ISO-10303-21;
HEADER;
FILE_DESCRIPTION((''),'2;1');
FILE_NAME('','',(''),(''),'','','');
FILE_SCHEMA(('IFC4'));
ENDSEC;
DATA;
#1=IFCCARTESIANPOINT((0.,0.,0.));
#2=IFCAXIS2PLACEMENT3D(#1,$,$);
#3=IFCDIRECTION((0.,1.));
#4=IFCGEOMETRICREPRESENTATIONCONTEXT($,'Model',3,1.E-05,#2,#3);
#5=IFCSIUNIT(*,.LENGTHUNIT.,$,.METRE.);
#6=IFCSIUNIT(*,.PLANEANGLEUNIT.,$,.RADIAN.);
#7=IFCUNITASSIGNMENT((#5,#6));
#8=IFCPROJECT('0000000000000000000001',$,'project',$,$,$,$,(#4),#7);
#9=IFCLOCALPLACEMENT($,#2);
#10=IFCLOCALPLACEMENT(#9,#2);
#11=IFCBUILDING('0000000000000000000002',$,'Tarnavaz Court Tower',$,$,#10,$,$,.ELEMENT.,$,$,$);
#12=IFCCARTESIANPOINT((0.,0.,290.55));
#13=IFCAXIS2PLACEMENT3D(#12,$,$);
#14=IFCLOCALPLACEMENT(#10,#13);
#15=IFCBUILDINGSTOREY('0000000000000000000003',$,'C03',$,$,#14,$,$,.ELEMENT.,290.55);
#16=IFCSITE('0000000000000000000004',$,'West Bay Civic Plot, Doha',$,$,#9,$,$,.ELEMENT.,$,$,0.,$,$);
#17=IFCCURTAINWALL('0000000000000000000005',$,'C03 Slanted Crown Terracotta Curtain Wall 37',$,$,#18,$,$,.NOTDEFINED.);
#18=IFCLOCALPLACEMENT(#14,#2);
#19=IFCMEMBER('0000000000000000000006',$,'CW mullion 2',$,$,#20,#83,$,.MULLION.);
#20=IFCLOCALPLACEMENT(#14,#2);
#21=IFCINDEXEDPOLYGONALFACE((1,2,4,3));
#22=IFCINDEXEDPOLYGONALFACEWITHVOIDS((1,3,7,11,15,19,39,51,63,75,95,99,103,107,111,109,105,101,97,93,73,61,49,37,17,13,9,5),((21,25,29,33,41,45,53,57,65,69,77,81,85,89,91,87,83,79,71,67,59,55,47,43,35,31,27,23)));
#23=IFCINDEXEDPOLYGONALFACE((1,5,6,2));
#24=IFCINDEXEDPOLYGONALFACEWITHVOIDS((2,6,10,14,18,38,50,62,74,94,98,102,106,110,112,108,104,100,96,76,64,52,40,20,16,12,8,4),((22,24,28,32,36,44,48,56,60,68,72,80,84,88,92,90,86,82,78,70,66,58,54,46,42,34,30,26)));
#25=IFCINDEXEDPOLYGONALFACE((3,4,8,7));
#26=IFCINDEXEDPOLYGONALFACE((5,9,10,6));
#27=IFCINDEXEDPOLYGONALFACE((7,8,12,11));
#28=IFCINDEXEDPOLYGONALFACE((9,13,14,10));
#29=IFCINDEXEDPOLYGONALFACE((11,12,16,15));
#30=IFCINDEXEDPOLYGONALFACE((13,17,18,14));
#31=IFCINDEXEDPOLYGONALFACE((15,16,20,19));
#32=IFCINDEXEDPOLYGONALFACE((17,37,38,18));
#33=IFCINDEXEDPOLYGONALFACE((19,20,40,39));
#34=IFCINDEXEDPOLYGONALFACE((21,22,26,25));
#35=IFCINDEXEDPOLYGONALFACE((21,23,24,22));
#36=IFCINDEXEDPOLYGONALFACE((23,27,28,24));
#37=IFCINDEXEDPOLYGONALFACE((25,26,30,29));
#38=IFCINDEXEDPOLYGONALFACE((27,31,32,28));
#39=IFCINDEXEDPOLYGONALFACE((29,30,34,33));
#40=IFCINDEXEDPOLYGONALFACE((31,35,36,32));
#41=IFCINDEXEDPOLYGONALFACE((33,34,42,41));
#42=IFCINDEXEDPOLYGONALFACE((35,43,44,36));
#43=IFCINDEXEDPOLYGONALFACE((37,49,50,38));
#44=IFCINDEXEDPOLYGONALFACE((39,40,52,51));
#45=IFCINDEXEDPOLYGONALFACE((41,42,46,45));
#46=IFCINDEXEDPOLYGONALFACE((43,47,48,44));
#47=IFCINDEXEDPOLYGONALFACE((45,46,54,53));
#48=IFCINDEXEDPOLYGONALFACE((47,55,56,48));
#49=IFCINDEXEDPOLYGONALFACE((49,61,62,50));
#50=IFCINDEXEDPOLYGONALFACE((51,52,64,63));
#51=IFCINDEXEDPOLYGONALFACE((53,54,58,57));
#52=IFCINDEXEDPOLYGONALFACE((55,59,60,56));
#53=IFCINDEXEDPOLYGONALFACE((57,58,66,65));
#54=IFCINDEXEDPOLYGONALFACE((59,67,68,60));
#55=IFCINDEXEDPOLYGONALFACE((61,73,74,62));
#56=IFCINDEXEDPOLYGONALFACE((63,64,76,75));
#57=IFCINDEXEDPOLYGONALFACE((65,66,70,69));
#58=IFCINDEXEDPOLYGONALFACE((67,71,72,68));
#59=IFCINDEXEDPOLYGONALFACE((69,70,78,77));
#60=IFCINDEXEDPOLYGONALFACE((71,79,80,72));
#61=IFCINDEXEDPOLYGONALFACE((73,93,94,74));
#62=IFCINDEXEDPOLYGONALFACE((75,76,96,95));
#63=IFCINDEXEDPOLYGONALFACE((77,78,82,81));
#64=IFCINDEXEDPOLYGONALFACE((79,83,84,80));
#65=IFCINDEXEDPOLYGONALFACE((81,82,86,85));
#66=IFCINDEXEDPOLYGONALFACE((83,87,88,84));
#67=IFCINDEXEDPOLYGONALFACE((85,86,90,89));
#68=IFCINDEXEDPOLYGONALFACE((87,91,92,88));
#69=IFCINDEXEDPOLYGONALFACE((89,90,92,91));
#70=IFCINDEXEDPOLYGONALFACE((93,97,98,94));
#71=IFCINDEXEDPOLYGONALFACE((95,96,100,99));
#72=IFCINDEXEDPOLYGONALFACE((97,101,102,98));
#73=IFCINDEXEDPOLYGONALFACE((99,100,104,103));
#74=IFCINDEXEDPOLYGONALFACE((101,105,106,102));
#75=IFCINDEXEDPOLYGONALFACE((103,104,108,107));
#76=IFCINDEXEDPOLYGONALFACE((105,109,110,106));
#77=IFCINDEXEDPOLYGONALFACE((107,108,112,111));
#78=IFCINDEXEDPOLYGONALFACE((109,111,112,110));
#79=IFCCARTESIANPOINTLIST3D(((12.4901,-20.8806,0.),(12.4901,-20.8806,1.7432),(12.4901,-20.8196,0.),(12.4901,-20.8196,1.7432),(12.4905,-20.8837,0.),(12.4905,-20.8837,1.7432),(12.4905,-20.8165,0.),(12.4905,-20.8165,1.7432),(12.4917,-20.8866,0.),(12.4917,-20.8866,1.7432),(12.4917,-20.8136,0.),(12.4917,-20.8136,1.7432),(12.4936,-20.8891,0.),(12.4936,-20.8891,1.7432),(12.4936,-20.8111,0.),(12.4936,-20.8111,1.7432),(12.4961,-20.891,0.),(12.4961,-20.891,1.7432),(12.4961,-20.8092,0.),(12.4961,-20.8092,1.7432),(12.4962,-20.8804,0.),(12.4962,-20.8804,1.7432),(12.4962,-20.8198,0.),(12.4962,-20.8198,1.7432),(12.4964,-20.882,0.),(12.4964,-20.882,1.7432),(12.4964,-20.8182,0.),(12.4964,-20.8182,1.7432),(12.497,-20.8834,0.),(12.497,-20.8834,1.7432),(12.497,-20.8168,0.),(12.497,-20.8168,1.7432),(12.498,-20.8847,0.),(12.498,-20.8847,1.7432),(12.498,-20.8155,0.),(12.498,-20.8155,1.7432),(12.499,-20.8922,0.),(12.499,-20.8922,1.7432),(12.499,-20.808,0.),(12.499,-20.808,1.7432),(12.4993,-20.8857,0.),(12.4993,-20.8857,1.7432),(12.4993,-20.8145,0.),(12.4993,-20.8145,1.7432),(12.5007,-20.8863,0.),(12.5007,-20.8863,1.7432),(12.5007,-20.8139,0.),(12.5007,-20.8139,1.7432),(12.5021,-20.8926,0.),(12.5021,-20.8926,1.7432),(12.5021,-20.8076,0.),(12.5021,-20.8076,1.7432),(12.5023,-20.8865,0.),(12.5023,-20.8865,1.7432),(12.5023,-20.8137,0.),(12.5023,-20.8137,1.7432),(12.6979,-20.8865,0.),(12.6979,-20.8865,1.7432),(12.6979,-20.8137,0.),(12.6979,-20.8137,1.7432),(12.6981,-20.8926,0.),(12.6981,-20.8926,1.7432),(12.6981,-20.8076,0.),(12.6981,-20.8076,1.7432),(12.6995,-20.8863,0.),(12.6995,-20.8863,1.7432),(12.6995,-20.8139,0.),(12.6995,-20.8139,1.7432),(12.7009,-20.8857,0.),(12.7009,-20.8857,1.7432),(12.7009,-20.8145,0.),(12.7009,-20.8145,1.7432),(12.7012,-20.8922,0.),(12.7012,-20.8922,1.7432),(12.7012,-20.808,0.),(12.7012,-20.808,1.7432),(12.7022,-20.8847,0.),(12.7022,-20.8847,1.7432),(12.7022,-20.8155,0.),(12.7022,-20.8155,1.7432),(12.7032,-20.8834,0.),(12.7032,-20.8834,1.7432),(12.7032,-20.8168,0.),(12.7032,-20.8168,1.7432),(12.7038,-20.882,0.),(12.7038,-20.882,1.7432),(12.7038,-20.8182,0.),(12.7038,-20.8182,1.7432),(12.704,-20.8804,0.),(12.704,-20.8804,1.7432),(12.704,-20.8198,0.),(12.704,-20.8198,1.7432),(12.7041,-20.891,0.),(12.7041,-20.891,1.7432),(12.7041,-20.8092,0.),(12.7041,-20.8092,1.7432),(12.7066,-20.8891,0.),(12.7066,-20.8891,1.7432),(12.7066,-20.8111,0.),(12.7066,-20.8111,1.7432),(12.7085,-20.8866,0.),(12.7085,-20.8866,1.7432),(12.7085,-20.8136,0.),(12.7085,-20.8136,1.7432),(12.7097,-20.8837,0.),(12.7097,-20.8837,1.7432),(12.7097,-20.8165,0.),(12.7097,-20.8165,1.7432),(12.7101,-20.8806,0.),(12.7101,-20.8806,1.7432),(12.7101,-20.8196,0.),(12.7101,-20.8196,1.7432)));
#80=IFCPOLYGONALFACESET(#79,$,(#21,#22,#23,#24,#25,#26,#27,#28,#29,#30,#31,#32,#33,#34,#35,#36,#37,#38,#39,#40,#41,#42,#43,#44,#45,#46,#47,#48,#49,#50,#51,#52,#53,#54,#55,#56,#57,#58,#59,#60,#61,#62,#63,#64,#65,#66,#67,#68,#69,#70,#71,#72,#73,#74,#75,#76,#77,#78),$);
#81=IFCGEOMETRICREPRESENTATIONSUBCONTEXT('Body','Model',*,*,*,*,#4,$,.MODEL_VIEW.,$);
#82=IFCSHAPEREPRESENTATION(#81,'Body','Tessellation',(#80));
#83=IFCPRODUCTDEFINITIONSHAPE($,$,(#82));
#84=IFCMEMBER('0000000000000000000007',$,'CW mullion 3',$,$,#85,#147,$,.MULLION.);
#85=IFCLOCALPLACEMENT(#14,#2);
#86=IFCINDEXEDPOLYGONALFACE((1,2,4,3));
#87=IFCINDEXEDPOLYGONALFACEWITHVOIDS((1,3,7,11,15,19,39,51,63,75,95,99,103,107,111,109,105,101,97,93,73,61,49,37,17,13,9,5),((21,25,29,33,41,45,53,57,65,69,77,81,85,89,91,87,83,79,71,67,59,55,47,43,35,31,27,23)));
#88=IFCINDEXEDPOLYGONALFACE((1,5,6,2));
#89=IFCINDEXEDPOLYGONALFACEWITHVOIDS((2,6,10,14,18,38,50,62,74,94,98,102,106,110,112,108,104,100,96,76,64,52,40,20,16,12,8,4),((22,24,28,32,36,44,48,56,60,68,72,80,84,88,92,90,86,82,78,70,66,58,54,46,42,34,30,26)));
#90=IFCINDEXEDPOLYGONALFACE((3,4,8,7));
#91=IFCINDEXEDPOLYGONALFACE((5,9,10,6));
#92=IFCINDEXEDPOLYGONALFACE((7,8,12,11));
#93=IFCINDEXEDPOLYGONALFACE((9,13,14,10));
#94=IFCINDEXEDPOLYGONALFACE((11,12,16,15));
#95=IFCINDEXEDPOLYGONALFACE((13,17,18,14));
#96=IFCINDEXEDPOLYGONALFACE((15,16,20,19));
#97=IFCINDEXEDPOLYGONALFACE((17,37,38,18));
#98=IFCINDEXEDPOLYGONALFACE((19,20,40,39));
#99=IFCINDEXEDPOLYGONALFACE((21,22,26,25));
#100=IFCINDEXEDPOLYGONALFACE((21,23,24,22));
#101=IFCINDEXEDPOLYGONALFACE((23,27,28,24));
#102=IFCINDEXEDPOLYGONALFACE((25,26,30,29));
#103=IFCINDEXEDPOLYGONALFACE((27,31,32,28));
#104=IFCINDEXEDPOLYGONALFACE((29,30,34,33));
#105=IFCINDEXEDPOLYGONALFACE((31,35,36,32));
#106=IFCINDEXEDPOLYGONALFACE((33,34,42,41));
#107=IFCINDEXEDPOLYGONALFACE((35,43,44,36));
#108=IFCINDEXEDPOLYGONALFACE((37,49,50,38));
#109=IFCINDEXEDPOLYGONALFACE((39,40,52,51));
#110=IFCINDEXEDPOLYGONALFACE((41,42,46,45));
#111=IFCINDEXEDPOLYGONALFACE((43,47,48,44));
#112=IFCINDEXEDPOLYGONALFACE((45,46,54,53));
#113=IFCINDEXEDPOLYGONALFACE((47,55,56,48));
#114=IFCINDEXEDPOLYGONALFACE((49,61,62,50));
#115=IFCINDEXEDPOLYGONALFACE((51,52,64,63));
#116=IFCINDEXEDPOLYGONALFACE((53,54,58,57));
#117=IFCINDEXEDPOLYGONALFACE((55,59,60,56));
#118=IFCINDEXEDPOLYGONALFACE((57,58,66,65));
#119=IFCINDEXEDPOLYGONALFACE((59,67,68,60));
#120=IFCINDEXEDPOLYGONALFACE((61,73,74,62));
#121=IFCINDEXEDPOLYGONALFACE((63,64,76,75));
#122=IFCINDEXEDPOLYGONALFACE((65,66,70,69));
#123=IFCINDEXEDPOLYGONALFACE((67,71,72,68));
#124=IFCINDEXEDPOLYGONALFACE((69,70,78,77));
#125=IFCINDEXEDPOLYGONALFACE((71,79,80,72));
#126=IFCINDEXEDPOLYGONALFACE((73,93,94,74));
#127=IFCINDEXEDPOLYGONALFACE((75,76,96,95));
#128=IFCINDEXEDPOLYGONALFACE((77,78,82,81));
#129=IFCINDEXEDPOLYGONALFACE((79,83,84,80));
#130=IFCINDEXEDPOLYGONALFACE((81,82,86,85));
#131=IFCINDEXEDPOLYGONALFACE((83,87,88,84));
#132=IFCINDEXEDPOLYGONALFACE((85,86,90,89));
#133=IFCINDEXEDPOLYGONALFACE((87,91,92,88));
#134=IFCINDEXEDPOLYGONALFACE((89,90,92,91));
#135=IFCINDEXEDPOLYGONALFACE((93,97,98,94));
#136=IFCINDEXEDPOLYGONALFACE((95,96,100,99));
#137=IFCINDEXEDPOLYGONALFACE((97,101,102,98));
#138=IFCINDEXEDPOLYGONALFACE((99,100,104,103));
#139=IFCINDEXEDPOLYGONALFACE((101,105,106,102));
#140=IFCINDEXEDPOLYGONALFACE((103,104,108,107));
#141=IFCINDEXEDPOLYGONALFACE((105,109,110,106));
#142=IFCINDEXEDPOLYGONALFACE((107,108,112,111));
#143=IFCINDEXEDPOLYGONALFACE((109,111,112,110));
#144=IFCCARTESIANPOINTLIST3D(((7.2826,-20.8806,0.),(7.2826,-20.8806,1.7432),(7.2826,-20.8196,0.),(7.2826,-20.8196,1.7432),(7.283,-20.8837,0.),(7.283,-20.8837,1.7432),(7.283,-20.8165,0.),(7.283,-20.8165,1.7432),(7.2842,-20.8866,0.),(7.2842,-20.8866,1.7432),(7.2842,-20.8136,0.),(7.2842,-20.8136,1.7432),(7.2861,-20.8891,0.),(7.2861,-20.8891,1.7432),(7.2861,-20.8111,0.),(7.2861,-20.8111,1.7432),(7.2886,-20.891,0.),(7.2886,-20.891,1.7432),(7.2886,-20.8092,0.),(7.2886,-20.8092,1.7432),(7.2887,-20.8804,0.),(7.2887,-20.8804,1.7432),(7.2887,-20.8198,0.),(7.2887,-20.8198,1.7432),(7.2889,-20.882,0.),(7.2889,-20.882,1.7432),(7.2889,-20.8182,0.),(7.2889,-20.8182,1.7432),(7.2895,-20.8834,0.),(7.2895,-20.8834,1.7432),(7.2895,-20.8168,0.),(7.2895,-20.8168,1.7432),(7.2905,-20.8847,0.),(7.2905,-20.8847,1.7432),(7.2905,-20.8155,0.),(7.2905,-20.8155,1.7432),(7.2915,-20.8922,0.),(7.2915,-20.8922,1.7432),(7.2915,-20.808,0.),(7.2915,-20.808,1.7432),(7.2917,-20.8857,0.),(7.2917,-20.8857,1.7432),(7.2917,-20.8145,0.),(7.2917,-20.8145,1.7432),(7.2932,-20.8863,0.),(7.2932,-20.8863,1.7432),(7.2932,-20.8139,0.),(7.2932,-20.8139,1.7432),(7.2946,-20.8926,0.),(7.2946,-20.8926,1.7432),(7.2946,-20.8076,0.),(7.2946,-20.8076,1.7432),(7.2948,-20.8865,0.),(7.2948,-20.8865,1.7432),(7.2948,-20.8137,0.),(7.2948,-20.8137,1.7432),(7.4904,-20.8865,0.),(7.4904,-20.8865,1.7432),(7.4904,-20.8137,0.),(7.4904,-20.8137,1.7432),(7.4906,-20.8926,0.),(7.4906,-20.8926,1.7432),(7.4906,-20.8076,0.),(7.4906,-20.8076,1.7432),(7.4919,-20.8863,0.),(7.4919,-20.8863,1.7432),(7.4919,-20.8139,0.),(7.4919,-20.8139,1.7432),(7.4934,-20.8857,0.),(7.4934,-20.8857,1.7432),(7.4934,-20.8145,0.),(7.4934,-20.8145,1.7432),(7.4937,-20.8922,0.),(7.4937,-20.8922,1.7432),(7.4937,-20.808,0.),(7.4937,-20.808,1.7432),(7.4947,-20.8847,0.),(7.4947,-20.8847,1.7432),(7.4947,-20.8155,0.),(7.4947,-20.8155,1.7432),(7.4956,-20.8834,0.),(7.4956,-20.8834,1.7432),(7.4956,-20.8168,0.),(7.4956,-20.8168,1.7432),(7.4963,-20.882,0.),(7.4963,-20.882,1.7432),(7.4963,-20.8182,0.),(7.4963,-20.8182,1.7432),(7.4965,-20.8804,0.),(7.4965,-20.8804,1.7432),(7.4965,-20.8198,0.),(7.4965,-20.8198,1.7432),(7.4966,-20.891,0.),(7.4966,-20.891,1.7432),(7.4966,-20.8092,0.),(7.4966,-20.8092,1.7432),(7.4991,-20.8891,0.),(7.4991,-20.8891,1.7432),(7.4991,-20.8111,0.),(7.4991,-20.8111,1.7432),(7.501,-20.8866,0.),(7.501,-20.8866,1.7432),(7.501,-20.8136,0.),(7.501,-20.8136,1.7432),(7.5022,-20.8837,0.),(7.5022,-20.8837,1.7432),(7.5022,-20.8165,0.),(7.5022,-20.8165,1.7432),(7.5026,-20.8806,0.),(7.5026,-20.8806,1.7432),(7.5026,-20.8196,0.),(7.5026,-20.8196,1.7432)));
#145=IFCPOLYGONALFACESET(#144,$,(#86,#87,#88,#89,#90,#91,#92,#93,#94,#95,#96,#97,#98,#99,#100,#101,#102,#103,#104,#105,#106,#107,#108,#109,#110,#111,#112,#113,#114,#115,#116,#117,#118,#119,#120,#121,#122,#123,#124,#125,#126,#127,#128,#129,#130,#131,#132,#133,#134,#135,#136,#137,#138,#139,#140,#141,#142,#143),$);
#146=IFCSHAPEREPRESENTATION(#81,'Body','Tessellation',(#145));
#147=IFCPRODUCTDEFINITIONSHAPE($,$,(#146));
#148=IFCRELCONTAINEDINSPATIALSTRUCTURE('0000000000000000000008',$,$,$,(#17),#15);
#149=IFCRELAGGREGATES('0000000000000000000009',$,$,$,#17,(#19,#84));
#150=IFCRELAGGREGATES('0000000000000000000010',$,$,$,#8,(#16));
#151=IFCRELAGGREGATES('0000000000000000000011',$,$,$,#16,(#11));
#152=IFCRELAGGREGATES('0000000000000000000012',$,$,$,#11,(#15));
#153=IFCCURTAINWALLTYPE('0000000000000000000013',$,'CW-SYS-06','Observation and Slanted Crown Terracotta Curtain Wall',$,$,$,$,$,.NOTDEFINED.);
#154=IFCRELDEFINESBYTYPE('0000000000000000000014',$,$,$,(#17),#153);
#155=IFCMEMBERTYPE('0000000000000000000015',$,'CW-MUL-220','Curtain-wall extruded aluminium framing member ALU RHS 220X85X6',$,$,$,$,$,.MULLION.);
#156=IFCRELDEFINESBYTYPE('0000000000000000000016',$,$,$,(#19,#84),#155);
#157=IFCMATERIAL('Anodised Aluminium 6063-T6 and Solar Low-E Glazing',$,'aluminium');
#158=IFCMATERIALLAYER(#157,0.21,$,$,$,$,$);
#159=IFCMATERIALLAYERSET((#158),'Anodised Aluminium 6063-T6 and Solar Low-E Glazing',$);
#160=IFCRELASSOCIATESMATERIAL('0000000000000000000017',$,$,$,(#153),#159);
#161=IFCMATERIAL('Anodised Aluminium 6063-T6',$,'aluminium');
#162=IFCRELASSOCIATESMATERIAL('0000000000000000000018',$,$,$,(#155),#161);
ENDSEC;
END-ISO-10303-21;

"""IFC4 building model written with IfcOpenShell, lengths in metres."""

from ifc_helpers import new_model, si_unit, direction, frame, origin, origin_2d, place, context, subcontext, project, spatial, hollow_rectangle, extrude, material, layer, layer_set, material_profile, profile_set, type_object, element, aggregate, save


model = new_model("IFC4")

# Units and contexts
model_context = context("Model", 3, precision=1e-05, world=origin(), true_north=direction((0.0, 1.0)))
body_context = subcontext(model_context, "Body", "Model", "MODEL_VIEW")
ifc_project = project(units=[si_unit("LENGTHUNIT", "METRE"), si_unit("PLANEANGLEUNIT", "RADIAN")], contexts=[model_context])

# Site, building, storey
site_placement = place(None, origin())
site = spatial("IfcSite", under=ifc_project, at=site_placement, Name="West Bay Civic Plot, Doha", CompositionType="ELEMENT", RefElevation=0.0)
building_placement = place(site_placement, origin())
building = spatial("IfcBuilding", under=site, at=building_placement, Name="Tarnavaz Court Tower", CompositionType="ELEMENT")
storey_placement = place(building_placement, frame((0.0, 0.0, 290.55)))
storey = spatial("IfcBuildingStorey", under=building, at=storey_placement, Name="C03", CompositionType="ELEMENT", Elevation=290.55)

# Shared definitions
ifc_material_1 = material(Name="Anodised Aluminium 6063-T6 and Solar Low-E Glazing", Category="aluminium")
ifc_layer_1 = layer(ifc_material_1, 0.21)
ifc_layer_set_1 = layer_set([ifc_layer_1], Name="Anodised Aluminium 6063-T6 and Solar Low-E Glazing")
curtain_wall_type = type_object("IfcCurtainWallType", Name="CW-SYS-06", Description="Observation and Slanted Crown Terracotta Curtain Wall", PredefinedType="NOTDEFINED", material=ifc_layer_set_1)
ifc_material_2 = material(Name="Anodised Aluminium 6063-T6", Category="aluminium")
ifc_material_profile_1 = material_profile(ifc_material_2, hollow_rectangle(XDim=0.085, YDim=0.22, WallThickness=0.0061, InnerFilletRadius=0.0061, OuterFilletRadius=0.012, at=origin_2d()), Name="ALU RHS 220X85X6")
ifc_profile_set_1 = profile_set([ifc_material_profile_1], Name="Anodised Aluminium 6063-T6")
member_type_1 = type_object("IfcMemberType", Name="CW-MUL-220", Description="Curtain-wall extruded aluminium framing member ALU RHS 220X85X6", PredefinedType="MULLION", material=ifc_profile_set_1)

# Curtain wall, members
curtain_wall_1_placement = place(storey_placement, origin())
curtain_wall_1 = element("IfcCurtainWall", 1, at=curtain_wall_1_placement, inside=storey, type_object=curtain_wall_type, Name="C03 Slanted Crown Terracotta Curtain Wall 37", PredefinedType="NOTDEFINED")
member_1_placement = place(storey_placement, frame((12.6001, -20.8501, 0.0), z_axis=(0.0, 0.0, 1.0), x_axis=(0.0, -1.0, 0.0)))
member_1 = element("IfcMember", 2, at=member_1_placement, type_object=member_type_1, Name="CW mullion 2", PredefinedType="MULLION", context=body_context, shape_type="SweptSolid", body=[
    extrude(hollow_rectangle(XDim=0.085, YDim=0.22, WallThickness=0.0061, InnerFilletRadius=0.0061, OuterFilletRadius=0.012, at=origin_2d()), origin(), (0.0, 0.0, 1.0), 1.7432),
])
member_2_placement = place(storey_placement, frame((7.3926, -20.8501, 0.0), z_axis=(0.0, 0.0, 1.0), x_axis=(0.0, -1.0, 0.0)))
member_2 = element("IfcMember", 3, at=member_2_placement, type_object=member_type_1, Name="CW mullion 3", PredefinedType="MULLION", context=body_context, shape_type="SweptSolid", body=[
    extrude(hollow_rectangle(XDim=0.085, YDim=0.22, WallThickness=0.0061, InnerFilletRadius=0.0061, OuterFilletRadius=0.012, at=origin_2d()), origin(), (0.0, 0.0, 1.0), 1.7432),
])

aggregate(curtain_wall_1, [member_1, member_2])

save(model, "model.ifc")
